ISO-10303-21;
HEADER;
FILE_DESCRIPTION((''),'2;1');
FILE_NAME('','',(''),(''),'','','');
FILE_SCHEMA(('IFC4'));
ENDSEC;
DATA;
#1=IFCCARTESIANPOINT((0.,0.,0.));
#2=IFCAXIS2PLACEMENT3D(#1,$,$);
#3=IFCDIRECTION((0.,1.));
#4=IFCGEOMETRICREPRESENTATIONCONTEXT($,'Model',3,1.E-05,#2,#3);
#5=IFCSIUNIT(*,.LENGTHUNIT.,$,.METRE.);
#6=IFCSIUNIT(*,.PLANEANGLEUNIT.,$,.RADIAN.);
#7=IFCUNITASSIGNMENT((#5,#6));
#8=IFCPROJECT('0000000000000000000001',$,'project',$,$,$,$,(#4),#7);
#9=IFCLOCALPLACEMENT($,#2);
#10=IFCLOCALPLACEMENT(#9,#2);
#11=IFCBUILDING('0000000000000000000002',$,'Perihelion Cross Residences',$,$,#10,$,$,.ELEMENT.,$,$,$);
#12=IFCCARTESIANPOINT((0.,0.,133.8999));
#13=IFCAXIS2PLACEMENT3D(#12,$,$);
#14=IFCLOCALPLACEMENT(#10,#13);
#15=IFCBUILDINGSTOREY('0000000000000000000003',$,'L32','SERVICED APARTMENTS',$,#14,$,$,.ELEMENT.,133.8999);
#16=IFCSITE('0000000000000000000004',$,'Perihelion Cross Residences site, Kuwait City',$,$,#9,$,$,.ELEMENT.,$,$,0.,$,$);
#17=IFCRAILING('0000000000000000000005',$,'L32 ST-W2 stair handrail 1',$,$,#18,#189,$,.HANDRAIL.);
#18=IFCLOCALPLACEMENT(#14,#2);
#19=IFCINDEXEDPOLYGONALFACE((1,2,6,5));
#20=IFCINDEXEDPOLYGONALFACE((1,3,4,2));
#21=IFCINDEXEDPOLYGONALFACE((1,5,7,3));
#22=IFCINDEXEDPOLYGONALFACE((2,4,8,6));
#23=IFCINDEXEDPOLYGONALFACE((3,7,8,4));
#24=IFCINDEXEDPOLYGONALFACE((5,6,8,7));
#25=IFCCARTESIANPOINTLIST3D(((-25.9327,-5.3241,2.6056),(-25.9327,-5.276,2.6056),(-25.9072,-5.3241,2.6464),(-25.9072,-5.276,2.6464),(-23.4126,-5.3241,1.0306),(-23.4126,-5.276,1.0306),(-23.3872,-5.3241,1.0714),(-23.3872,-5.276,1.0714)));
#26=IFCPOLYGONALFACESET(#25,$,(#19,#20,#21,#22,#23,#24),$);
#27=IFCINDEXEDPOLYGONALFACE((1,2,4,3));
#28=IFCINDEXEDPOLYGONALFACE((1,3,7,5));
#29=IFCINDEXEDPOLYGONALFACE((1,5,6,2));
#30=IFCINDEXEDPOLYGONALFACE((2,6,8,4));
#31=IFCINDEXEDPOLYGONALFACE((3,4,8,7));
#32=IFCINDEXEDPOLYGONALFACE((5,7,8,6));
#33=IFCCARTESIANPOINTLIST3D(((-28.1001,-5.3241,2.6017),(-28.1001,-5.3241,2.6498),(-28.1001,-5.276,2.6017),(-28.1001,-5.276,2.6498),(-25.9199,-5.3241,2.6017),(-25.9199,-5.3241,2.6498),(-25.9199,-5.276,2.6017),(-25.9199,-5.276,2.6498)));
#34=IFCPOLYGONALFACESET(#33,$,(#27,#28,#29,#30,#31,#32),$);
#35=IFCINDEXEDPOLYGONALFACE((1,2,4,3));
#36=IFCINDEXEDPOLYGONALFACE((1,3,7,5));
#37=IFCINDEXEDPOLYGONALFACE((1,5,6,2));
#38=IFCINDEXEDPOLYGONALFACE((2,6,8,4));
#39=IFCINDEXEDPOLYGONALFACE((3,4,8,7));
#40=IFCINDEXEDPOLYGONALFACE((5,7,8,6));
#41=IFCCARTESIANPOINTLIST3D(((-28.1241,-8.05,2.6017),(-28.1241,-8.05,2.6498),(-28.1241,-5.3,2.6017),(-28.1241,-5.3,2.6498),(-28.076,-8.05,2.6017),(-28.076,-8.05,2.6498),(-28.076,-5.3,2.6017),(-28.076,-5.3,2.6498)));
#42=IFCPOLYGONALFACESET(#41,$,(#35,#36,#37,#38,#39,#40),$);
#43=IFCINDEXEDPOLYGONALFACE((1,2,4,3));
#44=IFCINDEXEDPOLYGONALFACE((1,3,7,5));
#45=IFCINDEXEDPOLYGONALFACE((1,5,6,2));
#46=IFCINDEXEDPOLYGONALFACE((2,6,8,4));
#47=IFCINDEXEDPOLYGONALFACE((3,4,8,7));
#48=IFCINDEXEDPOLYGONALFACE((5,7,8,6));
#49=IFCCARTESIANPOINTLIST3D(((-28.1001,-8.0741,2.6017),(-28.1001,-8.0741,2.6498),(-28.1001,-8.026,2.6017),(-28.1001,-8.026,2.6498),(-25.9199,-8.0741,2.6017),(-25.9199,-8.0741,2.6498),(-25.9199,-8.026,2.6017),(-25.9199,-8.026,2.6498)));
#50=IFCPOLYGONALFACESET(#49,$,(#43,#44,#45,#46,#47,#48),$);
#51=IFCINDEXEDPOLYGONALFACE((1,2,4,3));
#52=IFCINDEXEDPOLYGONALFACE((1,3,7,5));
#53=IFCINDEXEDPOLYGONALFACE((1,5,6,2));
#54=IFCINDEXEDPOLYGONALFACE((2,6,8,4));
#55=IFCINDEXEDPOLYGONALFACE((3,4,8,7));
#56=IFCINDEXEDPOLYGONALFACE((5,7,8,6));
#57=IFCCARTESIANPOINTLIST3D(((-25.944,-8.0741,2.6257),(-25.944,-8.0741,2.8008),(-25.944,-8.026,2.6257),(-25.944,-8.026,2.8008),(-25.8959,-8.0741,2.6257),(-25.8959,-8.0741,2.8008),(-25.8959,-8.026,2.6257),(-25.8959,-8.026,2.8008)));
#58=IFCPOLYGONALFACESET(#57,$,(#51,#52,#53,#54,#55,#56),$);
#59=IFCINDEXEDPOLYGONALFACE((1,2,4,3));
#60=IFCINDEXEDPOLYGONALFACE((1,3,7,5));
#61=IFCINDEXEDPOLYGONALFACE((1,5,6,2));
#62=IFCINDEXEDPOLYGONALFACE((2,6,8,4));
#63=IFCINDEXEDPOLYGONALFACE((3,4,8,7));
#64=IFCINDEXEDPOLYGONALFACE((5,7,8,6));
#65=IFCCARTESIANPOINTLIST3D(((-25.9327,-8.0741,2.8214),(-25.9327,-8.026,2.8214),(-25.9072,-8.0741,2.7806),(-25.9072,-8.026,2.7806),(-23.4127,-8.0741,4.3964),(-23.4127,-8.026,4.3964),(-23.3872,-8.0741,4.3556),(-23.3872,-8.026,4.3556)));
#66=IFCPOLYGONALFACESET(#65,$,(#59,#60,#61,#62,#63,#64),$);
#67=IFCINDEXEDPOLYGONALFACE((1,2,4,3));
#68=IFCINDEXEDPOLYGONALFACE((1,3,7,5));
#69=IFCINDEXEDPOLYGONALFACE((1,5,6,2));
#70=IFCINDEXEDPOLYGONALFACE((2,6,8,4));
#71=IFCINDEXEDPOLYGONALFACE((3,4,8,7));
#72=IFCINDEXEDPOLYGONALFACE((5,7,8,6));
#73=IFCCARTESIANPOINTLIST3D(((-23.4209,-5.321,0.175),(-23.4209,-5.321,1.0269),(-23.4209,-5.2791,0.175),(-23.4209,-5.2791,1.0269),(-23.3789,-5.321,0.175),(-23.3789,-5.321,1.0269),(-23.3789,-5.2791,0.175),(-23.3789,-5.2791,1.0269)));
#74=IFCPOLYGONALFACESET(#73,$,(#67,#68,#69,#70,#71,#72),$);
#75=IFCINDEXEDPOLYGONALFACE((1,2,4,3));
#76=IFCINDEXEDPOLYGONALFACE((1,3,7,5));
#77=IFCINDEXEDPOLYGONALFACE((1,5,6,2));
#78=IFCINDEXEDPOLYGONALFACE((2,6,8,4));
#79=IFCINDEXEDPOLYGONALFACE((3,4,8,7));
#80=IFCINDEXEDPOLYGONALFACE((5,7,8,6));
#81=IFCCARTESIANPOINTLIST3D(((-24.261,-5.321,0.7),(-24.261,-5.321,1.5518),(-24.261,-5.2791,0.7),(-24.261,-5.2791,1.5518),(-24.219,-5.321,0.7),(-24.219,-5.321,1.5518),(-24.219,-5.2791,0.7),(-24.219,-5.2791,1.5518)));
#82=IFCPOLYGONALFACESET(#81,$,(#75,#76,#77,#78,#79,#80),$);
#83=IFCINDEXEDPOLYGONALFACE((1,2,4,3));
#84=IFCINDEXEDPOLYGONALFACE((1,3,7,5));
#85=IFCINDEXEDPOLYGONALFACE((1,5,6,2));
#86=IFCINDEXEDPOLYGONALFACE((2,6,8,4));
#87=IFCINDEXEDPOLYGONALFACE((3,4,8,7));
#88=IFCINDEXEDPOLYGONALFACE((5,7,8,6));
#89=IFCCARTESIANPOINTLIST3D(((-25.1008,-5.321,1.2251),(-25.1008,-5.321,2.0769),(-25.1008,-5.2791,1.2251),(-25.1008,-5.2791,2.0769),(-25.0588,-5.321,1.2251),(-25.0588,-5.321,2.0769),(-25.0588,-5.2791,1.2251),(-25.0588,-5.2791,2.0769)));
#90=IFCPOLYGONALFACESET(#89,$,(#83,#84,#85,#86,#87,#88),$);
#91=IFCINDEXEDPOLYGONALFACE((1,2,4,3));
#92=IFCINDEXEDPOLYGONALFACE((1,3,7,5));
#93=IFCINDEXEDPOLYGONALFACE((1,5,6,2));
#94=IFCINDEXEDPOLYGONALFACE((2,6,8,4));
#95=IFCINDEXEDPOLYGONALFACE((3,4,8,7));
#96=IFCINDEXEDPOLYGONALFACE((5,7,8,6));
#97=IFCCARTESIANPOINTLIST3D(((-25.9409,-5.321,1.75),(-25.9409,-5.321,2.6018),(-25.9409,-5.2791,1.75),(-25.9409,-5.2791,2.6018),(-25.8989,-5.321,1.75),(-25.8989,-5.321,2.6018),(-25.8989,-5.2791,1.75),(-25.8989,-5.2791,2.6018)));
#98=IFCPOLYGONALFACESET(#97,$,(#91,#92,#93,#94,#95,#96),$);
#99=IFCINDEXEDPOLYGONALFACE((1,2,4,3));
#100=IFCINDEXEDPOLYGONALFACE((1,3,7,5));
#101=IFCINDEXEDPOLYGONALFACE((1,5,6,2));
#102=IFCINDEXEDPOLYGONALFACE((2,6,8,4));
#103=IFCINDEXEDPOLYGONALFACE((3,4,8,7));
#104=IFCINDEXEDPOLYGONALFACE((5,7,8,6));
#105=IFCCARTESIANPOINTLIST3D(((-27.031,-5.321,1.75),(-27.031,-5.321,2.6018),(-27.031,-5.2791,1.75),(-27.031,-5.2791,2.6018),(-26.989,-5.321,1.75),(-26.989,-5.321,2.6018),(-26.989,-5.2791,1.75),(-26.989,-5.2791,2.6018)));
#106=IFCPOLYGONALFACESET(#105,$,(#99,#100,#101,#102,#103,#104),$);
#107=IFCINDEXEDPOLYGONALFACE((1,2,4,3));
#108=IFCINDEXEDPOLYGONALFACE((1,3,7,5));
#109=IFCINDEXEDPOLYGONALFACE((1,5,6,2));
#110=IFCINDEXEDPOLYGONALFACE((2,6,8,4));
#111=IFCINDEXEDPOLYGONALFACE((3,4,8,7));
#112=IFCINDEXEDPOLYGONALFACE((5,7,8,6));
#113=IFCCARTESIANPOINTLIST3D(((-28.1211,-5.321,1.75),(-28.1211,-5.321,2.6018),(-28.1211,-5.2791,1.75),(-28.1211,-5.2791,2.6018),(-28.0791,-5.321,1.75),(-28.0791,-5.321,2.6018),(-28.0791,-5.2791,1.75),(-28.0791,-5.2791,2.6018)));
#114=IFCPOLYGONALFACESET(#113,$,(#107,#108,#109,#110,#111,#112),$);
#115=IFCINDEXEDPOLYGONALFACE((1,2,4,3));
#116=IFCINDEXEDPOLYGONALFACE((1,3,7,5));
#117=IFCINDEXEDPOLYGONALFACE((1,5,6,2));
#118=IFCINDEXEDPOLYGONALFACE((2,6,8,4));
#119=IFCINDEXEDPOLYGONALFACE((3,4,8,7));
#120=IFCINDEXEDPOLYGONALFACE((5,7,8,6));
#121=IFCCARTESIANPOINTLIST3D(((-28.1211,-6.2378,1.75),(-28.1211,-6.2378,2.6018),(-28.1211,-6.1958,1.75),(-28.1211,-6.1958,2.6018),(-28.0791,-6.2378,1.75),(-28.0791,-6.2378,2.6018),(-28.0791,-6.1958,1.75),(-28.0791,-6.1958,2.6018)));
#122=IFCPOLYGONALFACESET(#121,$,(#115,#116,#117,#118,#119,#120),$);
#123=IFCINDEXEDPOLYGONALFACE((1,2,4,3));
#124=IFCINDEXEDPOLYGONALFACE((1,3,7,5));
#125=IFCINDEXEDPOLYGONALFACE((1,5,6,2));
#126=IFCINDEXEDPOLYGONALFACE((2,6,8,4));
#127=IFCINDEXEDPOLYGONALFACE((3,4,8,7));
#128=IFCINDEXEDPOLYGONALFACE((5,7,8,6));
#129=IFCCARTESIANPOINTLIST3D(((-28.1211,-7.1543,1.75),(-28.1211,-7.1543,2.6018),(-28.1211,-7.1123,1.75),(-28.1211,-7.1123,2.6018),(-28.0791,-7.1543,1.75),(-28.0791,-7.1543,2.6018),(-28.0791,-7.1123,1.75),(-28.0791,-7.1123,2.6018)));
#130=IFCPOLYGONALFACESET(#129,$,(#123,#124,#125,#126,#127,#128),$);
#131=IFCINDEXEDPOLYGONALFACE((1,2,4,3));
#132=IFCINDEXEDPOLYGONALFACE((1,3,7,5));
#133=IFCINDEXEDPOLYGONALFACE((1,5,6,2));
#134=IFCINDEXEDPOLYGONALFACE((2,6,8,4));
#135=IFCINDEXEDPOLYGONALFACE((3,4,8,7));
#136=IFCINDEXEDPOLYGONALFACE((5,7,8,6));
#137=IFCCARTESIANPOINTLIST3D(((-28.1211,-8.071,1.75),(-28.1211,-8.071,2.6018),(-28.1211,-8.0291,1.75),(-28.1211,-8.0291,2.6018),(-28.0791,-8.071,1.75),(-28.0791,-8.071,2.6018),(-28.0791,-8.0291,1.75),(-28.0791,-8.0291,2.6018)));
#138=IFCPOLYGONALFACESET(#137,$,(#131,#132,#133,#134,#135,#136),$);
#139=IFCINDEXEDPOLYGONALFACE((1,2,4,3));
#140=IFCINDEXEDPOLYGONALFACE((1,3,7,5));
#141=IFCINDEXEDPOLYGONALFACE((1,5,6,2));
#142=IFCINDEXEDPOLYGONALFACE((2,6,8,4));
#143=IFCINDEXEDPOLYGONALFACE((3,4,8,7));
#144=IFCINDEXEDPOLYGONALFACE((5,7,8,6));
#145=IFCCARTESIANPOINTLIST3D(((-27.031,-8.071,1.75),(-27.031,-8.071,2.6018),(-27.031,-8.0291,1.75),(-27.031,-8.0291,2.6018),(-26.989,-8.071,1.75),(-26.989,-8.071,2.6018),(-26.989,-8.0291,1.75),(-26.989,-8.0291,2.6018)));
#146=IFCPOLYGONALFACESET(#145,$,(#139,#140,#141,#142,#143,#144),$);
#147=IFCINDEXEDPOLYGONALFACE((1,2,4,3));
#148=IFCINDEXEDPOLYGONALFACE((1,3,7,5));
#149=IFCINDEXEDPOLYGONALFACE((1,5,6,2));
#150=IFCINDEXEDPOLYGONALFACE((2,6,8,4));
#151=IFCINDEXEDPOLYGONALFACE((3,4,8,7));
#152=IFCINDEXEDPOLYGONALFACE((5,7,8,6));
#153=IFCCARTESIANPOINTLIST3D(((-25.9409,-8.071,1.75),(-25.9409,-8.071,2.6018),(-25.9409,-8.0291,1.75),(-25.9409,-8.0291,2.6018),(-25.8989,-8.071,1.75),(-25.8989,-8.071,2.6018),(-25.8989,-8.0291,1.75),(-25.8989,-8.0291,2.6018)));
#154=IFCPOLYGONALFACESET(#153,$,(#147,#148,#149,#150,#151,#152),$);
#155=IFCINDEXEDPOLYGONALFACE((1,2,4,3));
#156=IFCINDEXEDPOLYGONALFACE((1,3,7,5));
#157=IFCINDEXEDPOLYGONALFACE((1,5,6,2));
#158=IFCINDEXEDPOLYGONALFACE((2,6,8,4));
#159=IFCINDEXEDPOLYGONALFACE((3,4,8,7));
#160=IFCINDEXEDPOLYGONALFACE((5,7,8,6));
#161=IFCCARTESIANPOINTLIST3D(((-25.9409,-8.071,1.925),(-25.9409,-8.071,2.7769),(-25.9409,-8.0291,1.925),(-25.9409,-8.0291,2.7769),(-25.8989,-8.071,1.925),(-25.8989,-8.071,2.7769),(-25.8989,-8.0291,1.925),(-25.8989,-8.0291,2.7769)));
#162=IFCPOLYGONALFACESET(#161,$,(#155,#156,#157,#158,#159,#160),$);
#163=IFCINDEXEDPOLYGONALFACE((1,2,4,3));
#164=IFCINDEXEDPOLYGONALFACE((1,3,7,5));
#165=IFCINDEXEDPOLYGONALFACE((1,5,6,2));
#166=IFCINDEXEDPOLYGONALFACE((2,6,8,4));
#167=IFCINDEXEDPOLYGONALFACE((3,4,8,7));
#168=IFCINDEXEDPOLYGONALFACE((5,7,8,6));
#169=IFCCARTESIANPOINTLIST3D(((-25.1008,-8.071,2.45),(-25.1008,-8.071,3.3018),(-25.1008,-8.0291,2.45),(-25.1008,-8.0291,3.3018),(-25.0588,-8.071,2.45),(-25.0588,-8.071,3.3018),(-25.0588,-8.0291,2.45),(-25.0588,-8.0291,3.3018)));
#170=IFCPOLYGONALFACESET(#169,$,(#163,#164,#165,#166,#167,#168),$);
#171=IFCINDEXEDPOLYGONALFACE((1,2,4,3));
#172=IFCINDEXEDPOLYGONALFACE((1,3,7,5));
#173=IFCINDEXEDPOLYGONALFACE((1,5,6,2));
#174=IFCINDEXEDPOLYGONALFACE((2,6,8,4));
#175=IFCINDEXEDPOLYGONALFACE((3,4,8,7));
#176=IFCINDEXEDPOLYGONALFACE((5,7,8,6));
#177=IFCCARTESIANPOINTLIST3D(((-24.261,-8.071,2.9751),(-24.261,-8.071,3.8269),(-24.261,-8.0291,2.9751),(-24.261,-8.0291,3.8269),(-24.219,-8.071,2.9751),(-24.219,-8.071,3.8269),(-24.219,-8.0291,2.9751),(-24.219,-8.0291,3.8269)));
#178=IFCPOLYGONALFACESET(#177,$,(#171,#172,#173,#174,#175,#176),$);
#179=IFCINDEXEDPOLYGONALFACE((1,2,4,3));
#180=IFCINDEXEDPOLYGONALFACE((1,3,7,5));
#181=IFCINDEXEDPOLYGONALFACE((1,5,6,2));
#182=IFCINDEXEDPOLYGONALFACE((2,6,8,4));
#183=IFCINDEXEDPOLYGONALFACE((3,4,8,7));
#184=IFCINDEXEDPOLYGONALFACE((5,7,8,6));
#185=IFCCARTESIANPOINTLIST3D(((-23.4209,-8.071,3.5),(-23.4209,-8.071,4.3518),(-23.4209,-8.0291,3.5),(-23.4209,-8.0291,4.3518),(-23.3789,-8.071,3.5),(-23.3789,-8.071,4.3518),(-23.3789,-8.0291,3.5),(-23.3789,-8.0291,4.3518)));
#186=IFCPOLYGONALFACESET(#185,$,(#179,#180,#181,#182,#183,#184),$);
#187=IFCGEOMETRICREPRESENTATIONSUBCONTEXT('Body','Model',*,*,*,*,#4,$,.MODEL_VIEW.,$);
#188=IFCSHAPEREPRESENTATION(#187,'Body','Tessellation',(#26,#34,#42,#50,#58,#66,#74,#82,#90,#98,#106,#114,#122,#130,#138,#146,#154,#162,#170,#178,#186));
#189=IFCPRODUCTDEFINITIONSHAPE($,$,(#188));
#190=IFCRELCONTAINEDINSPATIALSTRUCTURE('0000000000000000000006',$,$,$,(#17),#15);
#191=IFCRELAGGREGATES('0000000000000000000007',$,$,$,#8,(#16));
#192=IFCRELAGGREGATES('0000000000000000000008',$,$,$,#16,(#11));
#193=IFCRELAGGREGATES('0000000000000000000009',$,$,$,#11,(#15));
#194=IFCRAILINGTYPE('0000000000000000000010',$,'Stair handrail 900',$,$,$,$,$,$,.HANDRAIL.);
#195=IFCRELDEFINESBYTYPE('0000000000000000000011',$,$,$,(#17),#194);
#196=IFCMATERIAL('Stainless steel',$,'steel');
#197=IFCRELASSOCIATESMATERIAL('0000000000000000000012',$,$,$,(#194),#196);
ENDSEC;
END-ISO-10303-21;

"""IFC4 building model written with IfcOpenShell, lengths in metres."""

from ifc_helpers import new_model, si_unit, direction, frame, origin, origin_2d, place, context, subcontext, project, spatial, rectangle, extrude, material, type_object, element, save


model = new_model("IFC4")

# Units and contexts
model_context = context("Model", 3, precision=1e-05, world=origin(), true_north=direction((0.0, 1.0)))
body_context = subcontext(model_context, "Body", "Model", "MODEL_VIEW")
ifc_project = project(units=[si_unit("LENGTHUNIT", "METRE"), si_unit("PLANEANGLEUNIT", "RADIAN")], contexts=[model_context])

# Site, building, storey
site_placement = place(None, origin())
site = spatial("IfcSite", under=ifc_project, at=site_placement, Name="Perihelion Cross Residences site, Kuwait City", CompositionType="ELEMENT", RefElevation=0.0)
building_placement = place(site_placement, origin())
building = spatial("IfcBuilding", under=site, at=building_placement, Name="Perihelion Cross Residences", CompositionType="ELEMENT")
storey_placement = place(building_placement, frame((0.0, 0.0, 133.8999)))
storey = spatial("IfcBuildingStorey", under=building, at=storey_placement, Name="L32", Description="SERVICED APARTMENTS", CompositionType="ELEMENT", Elevation=133.8999)

# Railing
ifc_material_1 = material(Name="Stainless steel", Category="steel")
railing_type_1 = type_object("IfcRailingType", Name="Stair handrail 900", PredefinedType="HANDRAIL", material=ifc_material_1)
railing_1_placement = place(storey_placement, frame((-23.3999, -5.3, 0.175)))
element("IfcRailing", 1, at=railing_1_placement, inside=storey, type_object=railing_type_1, Name="L32 ST-W2 stair handrail 1", PredefinedType="HANDRAIL", context=body_context, shape_type="SweptSolid", body=[
    extrude(rectangle(XDim=0.0481, YDim=0.0481, at=origin_2d()), frame((0.0, 0.0, 0.876), z_axis=(-0.848008, 0.0, 0.529984), x_axis=(0.0, -1.0, 0.0)), (0.0, 0.0, 1.0), 2.9717),
    extrude(rectangle(XDim=0.0481, YDim=0.0481, at=origin_2d()), frame((-2.52, 0.0, 2.4507), z_axis=(-1.0, 0.0, 0.0), x_axis=(0.0, -1.0, 0.0)), (0.0, 0.0, 1.0), 2.1802),
    extrude(rectangle(XDim=0.0481, YDim=0.0481, at=origin_2d()), frame((-4.7002, 0.0, 2.4507), z_axis=(0.0, -1.0, 0.0), x_axis=(1.0, 0.0, 0.0)), (0.0, 0.0, 1.0), 2.75),
    extrude(rectangle(XDim=0.0481, YDim=0.0481, at=origin_2d()), frame((-4.7002, -2.75, 2.4507), z_axis=(1.0, 0.0, 0.0), x_axis=(0.0, 1.0, 0.0)), (0.0, 0.0, 1.0), 2.1802),
    extrude(rectangle(XDim=0.0481, YDim=0.0481, at=origin_2d()), frame((-2.52, -2.75, 2.4507), z_axis=(0.0, 0.0, 1.0), x_axis=(1.0, 0.0, 0.0)), (0.0, 0.0, 1.0), 0.175),
    extrude(rectangle(XDim=0.0481, YDim=0.0481, at=origin_2d()), frame((-2.52, -2.75, 2.626), z_axis=(0.848008, 0.0, 0.529984), x_axis=(0.0, 1.0, 0.0)), (0.0, 0.0, 1.0), 2.9717),
    extrude(rectangle(XDim=0.042, YDim=0.042, at=origin_2d()), origin(), (0.0, 0.0, 1.0), 0.8518),
    extrude(rectangle(XDim=0.042, YDim=0.042, at=origin_2d()), frame((-0.8401, 0.0, 0.5249)), (0.0, 0.0, 1.0), 0.8518),
    extrude(rectangle(XDim=0.042, YDim=0.042, at=origin_2d()), frame((-1.6799, 0.0, 1.05)), (0.0, 0.0, 1.0), 0.8518),
    extrude(rectangle(XDim=0.042, YDim=0.042, at=origin_2d()), frame((-2.52, 0.0, 1.575)), (0.0, 0.0, 1.0), 0.8518),
    extrude(rectangle(XDim=0.042, YDim=0.042, at=origin_2d()), frame((-3.6101, 0.0, 1.575)), (0.0, 0.0, 1.0), 0.8518),
    extrude(rectangle(XDim=0.042, YDim=0.042, at=origin_2d()), frame((-4.7002, 0.0, 1.575)), (0.0, 0.0, 1.0), 0.8518),
    extrude(rectangle(XDim=0.042, YDim=0.042, at=origin_2d()), frame((-4.7002, -0.9167, 1.575)), (0.0, 0.0, 1.0), 0.8518),
    extrude(rectangle(XDim=0.042, YDim=0.042, at=origin_2d()), frame((-4.7002, -1.8333, 1.575)), (0.0, 0.0, 1.0), 0.8518),
    extrude(rectangle(XDim=0.042, YDim=0.042, at=origin_2d()), frame((-4.7002, -2.75, 1.575)), (0.0, 0.0, 1.0), 0.8518),
    extrude(rectangle(XDim=0.042, YDim=0.042, at=origin_2d()), frame((-3.6101, -2.75, 1.575)), (0.0, 0.0, 1.0), 0.8518),
    extrude(rectangle(XDim=0.042, YDim=0.042, at=origin_2d()), frame((-2.52, -2.75, 1.575)), (0.0, 0.0, 1.0), 0.8518),
    extrude(rectangle(XDim=0.042, YDim=0.042, at=origin_2d()), frame((-2.52, -2.75, 1.75)), (0.0, 0.0, 1.0), 0.8518),
    extrude(rectangle(XDim=0.042, YDim=0.042, at=origin_2d()), frame((-1.6799, -2.75, 2.2749)), (0.0, 0.0, 1.0), 0.8518),
    extrude(rectangle(XDim=0.042, YDim=0.042, at=origin_2d()), frame((-0.8401, -2.75, 2.8)), (0.0, 0.0, 1.0), 0.8518),
    extrude(rectangle(XDim=0.042, YDim=0.042, at=origin_2d()), frame((0.0, -2.75, 3.325)), (0.0, 0.0, 1.0), 0.8518),
])

save(model, "model.ifc")
